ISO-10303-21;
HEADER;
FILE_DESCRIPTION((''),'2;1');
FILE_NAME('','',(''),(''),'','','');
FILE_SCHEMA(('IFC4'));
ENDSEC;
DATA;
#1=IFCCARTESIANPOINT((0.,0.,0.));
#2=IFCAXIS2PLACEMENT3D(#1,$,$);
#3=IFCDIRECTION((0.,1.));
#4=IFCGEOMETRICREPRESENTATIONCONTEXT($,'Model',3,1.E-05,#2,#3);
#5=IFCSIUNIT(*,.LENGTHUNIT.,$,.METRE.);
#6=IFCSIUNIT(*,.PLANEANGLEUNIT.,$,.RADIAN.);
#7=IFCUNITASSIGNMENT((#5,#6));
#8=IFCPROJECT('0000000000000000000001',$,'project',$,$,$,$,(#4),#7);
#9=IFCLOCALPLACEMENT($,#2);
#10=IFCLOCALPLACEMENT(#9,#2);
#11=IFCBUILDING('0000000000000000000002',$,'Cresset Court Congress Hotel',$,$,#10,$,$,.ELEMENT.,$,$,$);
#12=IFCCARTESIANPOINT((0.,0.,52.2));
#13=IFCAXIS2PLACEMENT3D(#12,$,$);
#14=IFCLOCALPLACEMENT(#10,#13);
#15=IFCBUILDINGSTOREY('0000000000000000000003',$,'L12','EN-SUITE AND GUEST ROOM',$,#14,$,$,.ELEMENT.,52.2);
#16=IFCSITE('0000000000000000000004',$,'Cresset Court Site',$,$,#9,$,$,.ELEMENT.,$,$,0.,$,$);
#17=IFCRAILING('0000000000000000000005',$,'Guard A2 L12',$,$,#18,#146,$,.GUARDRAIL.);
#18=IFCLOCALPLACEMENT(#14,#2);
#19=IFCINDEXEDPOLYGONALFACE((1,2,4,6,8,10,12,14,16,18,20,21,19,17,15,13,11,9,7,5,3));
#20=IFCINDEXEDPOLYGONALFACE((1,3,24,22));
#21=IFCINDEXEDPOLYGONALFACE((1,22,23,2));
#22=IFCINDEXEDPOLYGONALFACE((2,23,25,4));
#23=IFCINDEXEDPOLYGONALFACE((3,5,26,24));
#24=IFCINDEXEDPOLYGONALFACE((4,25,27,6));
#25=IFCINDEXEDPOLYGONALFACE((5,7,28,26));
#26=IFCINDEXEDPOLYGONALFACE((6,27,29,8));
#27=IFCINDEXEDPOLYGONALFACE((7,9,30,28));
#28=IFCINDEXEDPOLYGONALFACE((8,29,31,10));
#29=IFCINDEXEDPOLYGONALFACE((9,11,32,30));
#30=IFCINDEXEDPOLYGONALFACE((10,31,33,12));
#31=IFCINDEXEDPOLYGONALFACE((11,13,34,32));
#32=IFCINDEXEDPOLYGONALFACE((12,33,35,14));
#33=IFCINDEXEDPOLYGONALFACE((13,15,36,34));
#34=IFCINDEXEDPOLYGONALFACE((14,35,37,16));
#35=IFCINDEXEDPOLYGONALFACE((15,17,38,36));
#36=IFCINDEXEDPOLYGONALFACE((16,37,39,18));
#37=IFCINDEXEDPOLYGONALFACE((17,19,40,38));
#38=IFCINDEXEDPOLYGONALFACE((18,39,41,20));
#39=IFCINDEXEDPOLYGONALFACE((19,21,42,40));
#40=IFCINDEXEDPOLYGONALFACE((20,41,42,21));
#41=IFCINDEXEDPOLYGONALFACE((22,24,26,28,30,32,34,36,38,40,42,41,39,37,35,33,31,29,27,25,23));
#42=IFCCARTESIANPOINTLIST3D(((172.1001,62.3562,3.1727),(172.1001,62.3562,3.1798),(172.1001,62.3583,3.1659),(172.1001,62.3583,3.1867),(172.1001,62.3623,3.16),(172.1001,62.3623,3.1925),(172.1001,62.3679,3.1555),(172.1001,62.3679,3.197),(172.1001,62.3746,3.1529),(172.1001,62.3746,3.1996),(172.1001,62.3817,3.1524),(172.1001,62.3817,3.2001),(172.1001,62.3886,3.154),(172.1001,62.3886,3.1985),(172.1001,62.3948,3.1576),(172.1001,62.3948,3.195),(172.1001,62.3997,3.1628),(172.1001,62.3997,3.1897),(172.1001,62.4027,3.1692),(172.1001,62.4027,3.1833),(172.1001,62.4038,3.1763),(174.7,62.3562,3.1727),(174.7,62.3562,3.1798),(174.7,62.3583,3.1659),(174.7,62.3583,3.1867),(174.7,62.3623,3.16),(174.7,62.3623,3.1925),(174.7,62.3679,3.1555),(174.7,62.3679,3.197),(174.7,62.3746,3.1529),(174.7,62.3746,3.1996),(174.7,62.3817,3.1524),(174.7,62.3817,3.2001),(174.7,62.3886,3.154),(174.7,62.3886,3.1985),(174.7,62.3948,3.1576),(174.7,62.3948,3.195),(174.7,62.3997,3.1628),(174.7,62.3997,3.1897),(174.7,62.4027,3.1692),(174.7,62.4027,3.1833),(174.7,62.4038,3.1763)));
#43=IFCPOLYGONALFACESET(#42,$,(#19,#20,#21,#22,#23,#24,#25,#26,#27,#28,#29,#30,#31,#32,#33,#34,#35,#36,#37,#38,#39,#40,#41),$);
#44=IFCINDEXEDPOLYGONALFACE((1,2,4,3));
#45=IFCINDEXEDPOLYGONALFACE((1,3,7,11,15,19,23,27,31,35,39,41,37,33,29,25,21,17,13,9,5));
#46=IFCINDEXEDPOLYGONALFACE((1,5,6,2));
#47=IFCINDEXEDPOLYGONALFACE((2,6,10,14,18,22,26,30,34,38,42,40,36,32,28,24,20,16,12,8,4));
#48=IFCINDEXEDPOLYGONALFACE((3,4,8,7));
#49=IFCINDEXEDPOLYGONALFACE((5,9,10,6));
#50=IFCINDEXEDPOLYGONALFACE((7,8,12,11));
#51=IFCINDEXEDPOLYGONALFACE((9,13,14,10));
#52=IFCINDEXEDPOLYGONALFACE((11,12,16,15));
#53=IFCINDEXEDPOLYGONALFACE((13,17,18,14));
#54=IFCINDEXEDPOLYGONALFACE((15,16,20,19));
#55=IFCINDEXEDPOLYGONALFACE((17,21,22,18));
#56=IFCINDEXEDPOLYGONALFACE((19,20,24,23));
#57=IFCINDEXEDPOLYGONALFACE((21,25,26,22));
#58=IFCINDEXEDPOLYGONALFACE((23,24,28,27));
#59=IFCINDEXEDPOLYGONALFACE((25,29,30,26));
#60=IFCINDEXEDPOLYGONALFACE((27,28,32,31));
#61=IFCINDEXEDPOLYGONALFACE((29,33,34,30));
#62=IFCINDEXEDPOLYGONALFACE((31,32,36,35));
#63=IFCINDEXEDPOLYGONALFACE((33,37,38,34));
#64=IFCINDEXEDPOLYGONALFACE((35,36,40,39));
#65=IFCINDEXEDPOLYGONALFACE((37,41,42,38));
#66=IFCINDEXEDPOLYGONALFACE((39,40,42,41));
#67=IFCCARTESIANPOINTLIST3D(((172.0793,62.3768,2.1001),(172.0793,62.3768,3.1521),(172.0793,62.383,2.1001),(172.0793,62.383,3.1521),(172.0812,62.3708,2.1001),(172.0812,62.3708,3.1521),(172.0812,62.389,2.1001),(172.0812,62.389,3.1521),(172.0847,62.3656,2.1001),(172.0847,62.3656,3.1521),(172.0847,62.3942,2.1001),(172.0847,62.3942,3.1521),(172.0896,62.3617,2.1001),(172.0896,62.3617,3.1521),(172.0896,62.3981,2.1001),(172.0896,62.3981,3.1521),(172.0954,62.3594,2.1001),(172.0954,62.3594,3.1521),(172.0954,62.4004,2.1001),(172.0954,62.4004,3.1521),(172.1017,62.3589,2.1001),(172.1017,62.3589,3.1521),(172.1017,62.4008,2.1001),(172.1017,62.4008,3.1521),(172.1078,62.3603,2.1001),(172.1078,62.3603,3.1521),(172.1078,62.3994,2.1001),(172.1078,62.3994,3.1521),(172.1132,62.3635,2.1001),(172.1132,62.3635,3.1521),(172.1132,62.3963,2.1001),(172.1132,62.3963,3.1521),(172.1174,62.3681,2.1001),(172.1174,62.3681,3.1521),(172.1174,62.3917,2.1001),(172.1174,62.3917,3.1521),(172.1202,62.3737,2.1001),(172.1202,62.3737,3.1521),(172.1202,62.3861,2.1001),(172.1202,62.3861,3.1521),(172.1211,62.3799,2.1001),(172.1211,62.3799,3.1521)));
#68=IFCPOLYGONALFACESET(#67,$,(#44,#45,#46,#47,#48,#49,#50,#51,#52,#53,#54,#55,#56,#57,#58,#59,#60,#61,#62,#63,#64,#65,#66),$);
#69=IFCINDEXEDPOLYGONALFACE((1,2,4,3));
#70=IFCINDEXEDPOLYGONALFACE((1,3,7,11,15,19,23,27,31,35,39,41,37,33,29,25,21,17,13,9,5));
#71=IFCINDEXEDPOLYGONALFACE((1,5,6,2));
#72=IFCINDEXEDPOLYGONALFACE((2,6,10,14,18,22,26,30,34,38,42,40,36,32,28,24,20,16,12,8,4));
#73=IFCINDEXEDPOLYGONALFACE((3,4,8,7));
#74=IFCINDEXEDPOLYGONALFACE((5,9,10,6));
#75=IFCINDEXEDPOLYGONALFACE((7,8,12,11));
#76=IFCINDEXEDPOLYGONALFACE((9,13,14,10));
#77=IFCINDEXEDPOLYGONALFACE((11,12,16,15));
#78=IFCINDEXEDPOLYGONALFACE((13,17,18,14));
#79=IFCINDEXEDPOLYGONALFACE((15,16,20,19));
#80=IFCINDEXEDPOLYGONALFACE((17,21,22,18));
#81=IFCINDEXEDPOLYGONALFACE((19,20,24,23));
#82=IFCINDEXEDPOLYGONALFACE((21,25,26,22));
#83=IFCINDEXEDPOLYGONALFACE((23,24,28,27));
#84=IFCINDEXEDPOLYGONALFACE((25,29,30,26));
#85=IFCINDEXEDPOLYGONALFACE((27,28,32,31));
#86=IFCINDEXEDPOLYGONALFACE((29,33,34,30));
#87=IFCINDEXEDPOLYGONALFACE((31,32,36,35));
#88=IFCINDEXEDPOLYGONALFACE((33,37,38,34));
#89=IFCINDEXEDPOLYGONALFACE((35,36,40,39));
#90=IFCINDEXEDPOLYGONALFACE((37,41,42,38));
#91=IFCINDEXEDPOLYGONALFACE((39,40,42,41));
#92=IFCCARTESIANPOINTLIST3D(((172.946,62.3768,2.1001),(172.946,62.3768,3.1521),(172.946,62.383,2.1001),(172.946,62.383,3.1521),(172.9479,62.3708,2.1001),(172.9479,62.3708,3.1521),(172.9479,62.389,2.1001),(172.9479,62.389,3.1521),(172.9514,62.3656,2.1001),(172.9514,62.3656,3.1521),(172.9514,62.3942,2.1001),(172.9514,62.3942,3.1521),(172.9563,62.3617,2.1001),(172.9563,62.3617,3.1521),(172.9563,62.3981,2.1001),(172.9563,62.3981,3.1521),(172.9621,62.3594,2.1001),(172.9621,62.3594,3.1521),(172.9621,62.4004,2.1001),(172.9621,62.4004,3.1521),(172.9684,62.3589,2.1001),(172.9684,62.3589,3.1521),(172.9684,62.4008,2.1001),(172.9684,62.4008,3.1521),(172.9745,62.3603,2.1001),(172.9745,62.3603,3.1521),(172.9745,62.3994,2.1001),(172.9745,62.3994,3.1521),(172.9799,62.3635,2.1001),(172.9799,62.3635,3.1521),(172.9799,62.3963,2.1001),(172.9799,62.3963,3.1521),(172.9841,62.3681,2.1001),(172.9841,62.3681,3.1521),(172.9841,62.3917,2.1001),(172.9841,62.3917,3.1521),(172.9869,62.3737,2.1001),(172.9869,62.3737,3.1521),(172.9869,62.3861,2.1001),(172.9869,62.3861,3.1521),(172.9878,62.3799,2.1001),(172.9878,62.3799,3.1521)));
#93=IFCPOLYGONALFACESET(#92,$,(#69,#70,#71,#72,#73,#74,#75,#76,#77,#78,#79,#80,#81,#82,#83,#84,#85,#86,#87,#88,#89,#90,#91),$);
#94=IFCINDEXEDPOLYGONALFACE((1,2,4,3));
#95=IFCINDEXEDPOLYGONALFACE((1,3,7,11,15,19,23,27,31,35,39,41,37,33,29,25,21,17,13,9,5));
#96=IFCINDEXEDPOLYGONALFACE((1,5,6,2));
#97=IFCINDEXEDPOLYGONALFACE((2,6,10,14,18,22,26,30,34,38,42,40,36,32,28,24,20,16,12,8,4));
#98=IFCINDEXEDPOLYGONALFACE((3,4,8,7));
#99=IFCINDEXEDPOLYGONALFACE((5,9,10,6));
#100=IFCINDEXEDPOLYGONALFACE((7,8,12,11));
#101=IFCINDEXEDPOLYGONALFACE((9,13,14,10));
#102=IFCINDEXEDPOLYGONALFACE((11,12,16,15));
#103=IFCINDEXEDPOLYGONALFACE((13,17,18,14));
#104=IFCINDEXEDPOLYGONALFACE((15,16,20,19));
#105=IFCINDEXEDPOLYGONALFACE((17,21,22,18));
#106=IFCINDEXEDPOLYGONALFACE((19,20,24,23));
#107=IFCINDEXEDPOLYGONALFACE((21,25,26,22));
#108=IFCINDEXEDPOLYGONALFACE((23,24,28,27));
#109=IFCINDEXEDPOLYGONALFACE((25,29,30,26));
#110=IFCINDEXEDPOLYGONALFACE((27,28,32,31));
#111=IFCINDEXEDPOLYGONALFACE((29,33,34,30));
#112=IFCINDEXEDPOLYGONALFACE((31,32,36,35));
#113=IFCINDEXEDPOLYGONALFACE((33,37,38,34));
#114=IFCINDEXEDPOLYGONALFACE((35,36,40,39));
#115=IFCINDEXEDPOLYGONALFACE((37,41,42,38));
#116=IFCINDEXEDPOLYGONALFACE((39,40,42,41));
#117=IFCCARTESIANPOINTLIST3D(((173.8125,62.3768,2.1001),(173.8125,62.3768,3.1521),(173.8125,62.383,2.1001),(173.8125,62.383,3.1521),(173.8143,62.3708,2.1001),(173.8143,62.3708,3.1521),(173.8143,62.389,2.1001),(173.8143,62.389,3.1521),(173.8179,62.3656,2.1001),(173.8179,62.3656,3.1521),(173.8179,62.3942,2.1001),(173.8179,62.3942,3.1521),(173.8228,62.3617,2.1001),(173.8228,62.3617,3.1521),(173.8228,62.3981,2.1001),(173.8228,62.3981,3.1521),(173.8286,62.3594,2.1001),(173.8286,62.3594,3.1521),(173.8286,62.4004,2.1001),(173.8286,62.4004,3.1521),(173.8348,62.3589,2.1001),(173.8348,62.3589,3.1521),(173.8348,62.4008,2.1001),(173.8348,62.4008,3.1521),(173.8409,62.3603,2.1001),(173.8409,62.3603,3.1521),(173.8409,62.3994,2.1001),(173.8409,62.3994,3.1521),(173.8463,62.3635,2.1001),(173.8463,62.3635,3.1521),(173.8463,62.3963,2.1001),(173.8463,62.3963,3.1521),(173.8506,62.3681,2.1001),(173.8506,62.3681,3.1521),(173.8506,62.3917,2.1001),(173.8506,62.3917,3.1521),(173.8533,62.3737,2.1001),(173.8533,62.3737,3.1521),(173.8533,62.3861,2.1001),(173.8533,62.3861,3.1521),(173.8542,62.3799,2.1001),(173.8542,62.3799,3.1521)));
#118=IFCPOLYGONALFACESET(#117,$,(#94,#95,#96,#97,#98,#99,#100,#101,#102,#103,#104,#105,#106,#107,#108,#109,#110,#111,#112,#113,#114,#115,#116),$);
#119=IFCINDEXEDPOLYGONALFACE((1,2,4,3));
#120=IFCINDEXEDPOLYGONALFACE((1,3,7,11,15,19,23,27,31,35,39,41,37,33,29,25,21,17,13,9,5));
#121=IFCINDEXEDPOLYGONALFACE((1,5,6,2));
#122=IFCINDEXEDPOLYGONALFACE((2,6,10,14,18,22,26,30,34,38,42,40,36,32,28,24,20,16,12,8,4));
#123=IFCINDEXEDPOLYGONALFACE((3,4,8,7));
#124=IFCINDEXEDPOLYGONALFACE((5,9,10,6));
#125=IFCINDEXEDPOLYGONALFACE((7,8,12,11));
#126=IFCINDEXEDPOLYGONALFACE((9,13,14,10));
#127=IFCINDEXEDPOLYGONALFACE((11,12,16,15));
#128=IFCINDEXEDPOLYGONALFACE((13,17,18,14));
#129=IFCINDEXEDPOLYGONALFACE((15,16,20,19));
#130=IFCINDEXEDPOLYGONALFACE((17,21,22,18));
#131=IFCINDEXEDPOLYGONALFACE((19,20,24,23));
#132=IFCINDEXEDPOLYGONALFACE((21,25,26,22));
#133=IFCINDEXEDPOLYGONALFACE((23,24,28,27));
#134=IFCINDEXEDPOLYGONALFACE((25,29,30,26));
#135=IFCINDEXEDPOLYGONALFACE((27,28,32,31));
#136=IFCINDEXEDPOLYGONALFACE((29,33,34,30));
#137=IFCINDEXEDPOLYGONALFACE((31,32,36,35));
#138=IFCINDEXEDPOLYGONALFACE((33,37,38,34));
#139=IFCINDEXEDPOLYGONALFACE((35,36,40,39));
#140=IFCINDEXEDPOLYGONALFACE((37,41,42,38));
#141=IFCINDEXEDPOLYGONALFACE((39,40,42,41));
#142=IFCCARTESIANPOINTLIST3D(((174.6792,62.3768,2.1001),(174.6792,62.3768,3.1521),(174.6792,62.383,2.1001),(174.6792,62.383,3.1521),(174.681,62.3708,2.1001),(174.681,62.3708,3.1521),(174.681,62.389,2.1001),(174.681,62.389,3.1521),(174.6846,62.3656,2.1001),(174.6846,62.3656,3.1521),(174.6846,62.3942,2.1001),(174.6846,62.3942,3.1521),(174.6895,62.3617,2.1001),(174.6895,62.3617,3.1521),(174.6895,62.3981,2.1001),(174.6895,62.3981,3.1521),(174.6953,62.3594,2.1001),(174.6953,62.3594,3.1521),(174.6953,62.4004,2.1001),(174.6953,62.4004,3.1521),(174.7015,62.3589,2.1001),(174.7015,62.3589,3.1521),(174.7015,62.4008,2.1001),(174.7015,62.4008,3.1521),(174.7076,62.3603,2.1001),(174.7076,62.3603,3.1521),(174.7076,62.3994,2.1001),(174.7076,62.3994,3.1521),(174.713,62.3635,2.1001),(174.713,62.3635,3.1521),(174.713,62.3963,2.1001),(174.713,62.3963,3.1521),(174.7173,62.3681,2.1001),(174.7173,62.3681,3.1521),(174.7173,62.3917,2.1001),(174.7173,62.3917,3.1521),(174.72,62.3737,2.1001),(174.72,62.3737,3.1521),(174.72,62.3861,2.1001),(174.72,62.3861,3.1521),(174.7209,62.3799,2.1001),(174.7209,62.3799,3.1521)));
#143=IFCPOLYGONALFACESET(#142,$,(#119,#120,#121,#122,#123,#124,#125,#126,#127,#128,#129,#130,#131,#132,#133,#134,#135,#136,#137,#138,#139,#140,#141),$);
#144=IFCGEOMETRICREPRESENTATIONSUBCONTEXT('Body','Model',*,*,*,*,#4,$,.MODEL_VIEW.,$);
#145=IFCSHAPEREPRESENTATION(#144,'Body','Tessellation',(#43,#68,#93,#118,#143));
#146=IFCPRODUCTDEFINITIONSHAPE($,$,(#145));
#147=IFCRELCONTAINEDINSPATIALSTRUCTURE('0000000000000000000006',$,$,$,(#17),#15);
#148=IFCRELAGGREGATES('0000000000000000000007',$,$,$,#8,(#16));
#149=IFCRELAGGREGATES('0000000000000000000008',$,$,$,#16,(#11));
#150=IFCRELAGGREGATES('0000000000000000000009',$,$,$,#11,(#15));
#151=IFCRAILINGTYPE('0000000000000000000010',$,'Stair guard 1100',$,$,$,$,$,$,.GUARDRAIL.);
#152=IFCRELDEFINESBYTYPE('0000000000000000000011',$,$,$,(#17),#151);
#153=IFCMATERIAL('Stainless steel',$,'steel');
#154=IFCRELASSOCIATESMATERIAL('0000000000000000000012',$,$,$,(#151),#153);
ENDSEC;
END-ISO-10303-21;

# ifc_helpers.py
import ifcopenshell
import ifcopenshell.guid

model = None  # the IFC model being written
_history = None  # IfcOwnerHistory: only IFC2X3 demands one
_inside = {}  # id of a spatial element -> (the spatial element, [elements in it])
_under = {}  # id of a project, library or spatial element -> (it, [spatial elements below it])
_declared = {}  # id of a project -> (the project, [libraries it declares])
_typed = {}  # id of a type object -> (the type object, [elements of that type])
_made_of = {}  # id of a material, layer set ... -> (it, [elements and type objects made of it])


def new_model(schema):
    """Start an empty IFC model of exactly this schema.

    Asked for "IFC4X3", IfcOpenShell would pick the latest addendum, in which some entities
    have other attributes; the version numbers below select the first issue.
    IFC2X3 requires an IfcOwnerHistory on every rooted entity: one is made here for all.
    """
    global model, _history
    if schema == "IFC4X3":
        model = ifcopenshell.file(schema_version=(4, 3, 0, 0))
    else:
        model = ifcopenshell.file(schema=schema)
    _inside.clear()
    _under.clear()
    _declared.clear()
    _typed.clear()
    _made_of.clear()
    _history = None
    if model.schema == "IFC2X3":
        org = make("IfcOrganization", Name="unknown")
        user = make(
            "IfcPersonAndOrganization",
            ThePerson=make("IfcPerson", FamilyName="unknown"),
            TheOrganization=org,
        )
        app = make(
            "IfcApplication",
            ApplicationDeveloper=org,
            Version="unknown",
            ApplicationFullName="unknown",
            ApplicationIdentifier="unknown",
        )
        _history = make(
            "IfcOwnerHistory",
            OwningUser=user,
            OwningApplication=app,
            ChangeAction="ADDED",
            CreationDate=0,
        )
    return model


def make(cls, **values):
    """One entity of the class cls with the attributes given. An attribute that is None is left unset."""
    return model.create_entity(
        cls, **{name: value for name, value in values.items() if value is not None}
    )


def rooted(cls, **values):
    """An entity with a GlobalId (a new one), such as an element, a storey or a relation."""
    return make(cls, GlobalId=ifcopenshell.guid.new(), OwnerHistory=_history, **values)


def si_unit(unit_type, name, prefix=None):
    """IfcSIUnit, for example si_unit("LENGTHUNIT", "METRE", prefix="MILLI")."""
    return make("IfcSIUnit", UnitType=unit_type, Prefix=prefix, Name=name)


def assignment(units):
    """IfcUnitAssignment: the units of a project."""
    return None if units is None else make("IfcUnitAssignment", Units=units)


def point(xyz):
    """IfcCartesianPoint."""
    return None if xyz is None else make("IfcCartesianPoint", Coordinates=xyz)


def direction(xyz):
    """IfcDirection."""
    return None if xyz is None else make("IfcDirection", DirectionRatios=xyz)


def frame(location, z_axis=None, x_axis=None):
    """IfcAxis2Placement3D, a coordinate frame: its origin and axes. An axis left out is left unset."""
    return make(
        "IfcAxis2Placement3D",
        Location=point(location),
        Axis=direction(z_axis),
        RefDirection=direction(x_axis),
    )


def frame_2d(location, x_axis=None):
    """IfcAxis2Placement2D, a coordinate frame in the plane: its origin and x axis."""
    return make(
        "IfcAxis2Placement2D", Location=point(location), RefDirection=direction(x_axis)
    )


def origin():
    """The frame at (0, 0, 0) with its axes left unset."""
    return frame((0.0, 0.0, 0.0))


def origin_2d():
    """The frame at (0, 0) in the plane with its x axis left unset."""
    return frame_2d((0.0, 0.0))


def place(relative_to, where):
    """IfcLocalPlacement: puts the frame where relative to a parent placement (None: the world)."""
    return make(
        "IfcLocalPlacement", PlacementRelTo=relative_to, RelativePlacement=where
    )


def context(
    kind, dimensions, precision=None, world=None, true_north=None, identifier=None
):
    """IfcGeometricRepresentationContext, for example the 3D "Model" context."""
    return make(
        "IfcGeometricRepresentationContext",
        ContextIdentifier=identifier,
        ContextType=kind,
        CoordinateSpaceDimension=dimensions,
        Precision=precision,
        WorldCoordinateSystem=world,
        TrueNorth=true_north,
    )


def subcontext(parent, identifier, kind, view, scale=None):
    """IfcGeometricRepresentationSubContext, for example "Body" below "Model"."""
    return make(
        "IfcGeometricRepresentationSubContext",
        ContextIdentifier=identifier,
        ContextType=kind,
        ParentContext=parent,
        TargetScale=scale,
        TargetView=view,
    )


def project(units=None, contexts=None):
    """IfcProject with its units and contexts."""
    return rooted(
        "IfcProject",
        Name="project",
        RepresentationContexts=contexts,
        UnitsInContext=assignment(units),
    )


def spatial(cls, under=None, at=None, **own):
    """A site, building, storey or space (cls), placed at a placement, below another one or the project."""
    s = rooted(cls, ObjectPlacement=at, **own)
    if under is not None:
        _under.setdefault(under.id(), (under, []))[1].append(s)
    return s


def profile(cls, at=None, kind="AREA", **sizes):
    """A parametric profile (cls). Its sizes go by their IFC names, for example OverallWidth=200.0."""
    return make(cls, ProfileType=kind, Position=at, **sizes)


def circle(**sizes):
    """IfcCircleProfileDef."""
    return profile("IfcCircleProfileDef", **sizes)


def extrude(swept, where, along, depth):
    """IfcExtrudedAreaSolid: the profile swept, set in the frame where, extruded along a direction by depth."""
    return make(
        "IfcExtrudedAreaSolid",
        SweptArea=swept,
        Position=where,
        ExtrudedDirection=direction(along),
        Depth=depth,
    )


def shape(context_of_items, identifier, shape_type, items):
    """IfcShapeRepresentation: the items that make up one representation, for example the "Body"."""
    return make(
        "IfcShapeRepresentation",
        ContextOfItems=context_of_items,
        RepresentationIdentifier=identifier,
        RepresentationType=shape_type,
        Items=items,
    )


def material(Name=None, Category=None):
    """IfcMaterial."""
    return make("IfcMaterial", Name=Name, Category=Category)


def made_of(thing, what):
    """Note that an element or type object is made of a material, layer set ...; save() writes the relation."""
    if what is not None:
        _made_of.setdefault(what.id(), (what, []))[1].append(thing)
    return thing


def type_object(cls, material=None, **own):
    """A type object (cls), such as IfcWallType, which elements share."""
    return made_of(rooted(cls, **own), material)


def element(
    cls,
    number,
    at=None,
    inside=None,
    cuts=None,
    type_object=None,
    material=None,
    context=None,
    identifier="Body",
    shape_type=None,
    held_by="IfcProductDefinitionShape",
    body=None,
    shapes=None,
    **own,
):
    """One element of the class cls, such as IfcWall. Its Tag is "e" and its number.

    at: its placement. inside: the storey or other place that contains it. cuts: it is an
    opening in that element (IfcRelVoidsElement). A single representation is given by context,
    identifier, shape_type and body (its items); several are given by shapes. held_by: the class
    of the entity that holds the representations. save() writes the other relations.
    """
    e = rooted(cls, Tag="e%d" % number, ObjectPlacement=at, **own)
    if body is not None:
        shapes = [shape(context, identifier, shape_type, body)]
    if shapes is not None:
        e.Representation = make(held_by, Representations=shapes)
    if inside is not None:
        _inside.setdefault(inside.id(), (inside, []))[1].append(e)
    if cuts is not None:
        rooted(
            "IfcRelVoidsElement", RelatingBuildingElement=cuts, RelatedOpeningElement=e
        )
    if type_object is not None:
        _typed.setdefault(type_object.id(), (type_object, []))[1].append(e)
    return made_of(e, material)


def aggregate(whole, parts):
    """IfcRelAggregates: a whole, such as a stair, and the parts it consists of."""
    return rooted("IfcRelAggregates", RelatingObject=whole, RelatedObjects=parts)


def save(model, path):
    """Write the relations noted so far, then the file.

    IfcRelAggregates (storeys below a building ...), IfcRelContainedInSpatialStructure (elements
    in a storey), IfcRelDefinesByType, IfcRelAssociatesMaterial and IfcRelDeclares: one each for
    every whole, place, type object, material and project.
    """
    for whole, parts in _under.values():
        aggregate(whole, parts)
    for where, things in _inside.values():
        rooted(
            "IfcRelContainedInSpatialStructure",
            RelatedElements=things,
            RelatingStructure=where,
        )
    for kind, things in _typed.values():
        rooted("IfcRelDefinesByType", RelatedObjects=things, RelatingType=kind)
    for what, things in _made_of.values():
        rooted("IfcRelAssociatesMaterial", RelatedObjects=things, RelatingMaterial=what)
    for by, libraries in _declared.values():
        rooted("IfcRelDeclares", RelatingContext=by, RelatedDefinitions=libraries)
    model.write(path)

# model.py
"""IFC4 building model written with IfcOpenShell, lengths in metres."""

from ifc_helpers import new_model, si_unit, direction, frame, origin, origin_2d, place, context, subcontext, project, spatial, circle, extrude, material, type_object, element, save


model = new_model("IFC4")

# Units and contexts
model_context = context("Model", 3, precision=1e-05, world=origin(), true_north=direction((0.0, 1.0)))
body_context = subcontext(model_context, "Body", "Model", "MODEL_VIEW")
ifc_project = project(units=[si_unit("LENGTHUNIT", "METRE"), si_unit("PLANEANGLEUNIT", "RADIAN")], contexts=[model_context])

# Site, building, storey
site_placement = place(None, origin())
site = spatial("IfcSite", under=ifc_project, at=site_placement, Name="Cresset Court Site", CompositionType="ELEMENT", RefElevation=0.0)
building_placement = place(site_placement, origin())
building = spatial("IfcBuilding", under=site, at=building_placement, Name="Cresset Court Congress Hotel", CompositionType="ELEMENT")
storey_placement = place(building_placement, frame((0.0, 0.0, 52.2)))
storey = spatial("IfcBuildingStorey", under=building, at=storey_placement, Name="L12", Description="EN-SUITE AND GUEST ROOM", CompositionType="ELEMENT", Elevation=52.2)

# Railing
ifc_material_1 = material(Name="Stainless steel", Category="steel")
railing_type_1 = type_object("IfcRailingType", Name="Stair guard 1100", PredefinedType="GUARDRAIL", material=ifc_material_1)
for number, where, name in (
    (1, (172.1001, 62.3799, 2.1001), "Guard A2 L12"),
):
    element("IfcRailing", number, at=place(storey_placement, frame(where)), inside=storey, type_object=railing_type_1, Name=name, PredefinedType="GUARDRAIL", context=body_context, shape_type="SweptSolid", body=[
        extrude(circle(Radius=0.0239, at=origin_2d()), frame((0.0, 0.0, 1.0762), z_axis=(1.0, 0.0, 0.0), x_axis=(0.0, 1.0, 0.0)), (0.0, 0.0, 1.0), 2.5999),
        extrude(circle(Radius=0.021, at=origin_2d()), origin(), (0.0, 0.0, 1.0), 1.052),
        extrude(circle(Radius=0.021, at=origin_2d()), frame((0.8667, 0.0, 0.0)), (0.0, 0.0, 1.0), 1.052),
        extrude(circle(Radius=0.021, at=origin_2d()), frame((1.7332, 0.0, 0.0)), (0.0, 0.0, 1.0), 1.052),
        extrude(circle(Radius=0.021, at=origin_2d()), frame((2.5999, 0.0, 0.0)), (0.0, 0.0, 1.0), 1.052),
    ])

save(model, "model.ifc")
